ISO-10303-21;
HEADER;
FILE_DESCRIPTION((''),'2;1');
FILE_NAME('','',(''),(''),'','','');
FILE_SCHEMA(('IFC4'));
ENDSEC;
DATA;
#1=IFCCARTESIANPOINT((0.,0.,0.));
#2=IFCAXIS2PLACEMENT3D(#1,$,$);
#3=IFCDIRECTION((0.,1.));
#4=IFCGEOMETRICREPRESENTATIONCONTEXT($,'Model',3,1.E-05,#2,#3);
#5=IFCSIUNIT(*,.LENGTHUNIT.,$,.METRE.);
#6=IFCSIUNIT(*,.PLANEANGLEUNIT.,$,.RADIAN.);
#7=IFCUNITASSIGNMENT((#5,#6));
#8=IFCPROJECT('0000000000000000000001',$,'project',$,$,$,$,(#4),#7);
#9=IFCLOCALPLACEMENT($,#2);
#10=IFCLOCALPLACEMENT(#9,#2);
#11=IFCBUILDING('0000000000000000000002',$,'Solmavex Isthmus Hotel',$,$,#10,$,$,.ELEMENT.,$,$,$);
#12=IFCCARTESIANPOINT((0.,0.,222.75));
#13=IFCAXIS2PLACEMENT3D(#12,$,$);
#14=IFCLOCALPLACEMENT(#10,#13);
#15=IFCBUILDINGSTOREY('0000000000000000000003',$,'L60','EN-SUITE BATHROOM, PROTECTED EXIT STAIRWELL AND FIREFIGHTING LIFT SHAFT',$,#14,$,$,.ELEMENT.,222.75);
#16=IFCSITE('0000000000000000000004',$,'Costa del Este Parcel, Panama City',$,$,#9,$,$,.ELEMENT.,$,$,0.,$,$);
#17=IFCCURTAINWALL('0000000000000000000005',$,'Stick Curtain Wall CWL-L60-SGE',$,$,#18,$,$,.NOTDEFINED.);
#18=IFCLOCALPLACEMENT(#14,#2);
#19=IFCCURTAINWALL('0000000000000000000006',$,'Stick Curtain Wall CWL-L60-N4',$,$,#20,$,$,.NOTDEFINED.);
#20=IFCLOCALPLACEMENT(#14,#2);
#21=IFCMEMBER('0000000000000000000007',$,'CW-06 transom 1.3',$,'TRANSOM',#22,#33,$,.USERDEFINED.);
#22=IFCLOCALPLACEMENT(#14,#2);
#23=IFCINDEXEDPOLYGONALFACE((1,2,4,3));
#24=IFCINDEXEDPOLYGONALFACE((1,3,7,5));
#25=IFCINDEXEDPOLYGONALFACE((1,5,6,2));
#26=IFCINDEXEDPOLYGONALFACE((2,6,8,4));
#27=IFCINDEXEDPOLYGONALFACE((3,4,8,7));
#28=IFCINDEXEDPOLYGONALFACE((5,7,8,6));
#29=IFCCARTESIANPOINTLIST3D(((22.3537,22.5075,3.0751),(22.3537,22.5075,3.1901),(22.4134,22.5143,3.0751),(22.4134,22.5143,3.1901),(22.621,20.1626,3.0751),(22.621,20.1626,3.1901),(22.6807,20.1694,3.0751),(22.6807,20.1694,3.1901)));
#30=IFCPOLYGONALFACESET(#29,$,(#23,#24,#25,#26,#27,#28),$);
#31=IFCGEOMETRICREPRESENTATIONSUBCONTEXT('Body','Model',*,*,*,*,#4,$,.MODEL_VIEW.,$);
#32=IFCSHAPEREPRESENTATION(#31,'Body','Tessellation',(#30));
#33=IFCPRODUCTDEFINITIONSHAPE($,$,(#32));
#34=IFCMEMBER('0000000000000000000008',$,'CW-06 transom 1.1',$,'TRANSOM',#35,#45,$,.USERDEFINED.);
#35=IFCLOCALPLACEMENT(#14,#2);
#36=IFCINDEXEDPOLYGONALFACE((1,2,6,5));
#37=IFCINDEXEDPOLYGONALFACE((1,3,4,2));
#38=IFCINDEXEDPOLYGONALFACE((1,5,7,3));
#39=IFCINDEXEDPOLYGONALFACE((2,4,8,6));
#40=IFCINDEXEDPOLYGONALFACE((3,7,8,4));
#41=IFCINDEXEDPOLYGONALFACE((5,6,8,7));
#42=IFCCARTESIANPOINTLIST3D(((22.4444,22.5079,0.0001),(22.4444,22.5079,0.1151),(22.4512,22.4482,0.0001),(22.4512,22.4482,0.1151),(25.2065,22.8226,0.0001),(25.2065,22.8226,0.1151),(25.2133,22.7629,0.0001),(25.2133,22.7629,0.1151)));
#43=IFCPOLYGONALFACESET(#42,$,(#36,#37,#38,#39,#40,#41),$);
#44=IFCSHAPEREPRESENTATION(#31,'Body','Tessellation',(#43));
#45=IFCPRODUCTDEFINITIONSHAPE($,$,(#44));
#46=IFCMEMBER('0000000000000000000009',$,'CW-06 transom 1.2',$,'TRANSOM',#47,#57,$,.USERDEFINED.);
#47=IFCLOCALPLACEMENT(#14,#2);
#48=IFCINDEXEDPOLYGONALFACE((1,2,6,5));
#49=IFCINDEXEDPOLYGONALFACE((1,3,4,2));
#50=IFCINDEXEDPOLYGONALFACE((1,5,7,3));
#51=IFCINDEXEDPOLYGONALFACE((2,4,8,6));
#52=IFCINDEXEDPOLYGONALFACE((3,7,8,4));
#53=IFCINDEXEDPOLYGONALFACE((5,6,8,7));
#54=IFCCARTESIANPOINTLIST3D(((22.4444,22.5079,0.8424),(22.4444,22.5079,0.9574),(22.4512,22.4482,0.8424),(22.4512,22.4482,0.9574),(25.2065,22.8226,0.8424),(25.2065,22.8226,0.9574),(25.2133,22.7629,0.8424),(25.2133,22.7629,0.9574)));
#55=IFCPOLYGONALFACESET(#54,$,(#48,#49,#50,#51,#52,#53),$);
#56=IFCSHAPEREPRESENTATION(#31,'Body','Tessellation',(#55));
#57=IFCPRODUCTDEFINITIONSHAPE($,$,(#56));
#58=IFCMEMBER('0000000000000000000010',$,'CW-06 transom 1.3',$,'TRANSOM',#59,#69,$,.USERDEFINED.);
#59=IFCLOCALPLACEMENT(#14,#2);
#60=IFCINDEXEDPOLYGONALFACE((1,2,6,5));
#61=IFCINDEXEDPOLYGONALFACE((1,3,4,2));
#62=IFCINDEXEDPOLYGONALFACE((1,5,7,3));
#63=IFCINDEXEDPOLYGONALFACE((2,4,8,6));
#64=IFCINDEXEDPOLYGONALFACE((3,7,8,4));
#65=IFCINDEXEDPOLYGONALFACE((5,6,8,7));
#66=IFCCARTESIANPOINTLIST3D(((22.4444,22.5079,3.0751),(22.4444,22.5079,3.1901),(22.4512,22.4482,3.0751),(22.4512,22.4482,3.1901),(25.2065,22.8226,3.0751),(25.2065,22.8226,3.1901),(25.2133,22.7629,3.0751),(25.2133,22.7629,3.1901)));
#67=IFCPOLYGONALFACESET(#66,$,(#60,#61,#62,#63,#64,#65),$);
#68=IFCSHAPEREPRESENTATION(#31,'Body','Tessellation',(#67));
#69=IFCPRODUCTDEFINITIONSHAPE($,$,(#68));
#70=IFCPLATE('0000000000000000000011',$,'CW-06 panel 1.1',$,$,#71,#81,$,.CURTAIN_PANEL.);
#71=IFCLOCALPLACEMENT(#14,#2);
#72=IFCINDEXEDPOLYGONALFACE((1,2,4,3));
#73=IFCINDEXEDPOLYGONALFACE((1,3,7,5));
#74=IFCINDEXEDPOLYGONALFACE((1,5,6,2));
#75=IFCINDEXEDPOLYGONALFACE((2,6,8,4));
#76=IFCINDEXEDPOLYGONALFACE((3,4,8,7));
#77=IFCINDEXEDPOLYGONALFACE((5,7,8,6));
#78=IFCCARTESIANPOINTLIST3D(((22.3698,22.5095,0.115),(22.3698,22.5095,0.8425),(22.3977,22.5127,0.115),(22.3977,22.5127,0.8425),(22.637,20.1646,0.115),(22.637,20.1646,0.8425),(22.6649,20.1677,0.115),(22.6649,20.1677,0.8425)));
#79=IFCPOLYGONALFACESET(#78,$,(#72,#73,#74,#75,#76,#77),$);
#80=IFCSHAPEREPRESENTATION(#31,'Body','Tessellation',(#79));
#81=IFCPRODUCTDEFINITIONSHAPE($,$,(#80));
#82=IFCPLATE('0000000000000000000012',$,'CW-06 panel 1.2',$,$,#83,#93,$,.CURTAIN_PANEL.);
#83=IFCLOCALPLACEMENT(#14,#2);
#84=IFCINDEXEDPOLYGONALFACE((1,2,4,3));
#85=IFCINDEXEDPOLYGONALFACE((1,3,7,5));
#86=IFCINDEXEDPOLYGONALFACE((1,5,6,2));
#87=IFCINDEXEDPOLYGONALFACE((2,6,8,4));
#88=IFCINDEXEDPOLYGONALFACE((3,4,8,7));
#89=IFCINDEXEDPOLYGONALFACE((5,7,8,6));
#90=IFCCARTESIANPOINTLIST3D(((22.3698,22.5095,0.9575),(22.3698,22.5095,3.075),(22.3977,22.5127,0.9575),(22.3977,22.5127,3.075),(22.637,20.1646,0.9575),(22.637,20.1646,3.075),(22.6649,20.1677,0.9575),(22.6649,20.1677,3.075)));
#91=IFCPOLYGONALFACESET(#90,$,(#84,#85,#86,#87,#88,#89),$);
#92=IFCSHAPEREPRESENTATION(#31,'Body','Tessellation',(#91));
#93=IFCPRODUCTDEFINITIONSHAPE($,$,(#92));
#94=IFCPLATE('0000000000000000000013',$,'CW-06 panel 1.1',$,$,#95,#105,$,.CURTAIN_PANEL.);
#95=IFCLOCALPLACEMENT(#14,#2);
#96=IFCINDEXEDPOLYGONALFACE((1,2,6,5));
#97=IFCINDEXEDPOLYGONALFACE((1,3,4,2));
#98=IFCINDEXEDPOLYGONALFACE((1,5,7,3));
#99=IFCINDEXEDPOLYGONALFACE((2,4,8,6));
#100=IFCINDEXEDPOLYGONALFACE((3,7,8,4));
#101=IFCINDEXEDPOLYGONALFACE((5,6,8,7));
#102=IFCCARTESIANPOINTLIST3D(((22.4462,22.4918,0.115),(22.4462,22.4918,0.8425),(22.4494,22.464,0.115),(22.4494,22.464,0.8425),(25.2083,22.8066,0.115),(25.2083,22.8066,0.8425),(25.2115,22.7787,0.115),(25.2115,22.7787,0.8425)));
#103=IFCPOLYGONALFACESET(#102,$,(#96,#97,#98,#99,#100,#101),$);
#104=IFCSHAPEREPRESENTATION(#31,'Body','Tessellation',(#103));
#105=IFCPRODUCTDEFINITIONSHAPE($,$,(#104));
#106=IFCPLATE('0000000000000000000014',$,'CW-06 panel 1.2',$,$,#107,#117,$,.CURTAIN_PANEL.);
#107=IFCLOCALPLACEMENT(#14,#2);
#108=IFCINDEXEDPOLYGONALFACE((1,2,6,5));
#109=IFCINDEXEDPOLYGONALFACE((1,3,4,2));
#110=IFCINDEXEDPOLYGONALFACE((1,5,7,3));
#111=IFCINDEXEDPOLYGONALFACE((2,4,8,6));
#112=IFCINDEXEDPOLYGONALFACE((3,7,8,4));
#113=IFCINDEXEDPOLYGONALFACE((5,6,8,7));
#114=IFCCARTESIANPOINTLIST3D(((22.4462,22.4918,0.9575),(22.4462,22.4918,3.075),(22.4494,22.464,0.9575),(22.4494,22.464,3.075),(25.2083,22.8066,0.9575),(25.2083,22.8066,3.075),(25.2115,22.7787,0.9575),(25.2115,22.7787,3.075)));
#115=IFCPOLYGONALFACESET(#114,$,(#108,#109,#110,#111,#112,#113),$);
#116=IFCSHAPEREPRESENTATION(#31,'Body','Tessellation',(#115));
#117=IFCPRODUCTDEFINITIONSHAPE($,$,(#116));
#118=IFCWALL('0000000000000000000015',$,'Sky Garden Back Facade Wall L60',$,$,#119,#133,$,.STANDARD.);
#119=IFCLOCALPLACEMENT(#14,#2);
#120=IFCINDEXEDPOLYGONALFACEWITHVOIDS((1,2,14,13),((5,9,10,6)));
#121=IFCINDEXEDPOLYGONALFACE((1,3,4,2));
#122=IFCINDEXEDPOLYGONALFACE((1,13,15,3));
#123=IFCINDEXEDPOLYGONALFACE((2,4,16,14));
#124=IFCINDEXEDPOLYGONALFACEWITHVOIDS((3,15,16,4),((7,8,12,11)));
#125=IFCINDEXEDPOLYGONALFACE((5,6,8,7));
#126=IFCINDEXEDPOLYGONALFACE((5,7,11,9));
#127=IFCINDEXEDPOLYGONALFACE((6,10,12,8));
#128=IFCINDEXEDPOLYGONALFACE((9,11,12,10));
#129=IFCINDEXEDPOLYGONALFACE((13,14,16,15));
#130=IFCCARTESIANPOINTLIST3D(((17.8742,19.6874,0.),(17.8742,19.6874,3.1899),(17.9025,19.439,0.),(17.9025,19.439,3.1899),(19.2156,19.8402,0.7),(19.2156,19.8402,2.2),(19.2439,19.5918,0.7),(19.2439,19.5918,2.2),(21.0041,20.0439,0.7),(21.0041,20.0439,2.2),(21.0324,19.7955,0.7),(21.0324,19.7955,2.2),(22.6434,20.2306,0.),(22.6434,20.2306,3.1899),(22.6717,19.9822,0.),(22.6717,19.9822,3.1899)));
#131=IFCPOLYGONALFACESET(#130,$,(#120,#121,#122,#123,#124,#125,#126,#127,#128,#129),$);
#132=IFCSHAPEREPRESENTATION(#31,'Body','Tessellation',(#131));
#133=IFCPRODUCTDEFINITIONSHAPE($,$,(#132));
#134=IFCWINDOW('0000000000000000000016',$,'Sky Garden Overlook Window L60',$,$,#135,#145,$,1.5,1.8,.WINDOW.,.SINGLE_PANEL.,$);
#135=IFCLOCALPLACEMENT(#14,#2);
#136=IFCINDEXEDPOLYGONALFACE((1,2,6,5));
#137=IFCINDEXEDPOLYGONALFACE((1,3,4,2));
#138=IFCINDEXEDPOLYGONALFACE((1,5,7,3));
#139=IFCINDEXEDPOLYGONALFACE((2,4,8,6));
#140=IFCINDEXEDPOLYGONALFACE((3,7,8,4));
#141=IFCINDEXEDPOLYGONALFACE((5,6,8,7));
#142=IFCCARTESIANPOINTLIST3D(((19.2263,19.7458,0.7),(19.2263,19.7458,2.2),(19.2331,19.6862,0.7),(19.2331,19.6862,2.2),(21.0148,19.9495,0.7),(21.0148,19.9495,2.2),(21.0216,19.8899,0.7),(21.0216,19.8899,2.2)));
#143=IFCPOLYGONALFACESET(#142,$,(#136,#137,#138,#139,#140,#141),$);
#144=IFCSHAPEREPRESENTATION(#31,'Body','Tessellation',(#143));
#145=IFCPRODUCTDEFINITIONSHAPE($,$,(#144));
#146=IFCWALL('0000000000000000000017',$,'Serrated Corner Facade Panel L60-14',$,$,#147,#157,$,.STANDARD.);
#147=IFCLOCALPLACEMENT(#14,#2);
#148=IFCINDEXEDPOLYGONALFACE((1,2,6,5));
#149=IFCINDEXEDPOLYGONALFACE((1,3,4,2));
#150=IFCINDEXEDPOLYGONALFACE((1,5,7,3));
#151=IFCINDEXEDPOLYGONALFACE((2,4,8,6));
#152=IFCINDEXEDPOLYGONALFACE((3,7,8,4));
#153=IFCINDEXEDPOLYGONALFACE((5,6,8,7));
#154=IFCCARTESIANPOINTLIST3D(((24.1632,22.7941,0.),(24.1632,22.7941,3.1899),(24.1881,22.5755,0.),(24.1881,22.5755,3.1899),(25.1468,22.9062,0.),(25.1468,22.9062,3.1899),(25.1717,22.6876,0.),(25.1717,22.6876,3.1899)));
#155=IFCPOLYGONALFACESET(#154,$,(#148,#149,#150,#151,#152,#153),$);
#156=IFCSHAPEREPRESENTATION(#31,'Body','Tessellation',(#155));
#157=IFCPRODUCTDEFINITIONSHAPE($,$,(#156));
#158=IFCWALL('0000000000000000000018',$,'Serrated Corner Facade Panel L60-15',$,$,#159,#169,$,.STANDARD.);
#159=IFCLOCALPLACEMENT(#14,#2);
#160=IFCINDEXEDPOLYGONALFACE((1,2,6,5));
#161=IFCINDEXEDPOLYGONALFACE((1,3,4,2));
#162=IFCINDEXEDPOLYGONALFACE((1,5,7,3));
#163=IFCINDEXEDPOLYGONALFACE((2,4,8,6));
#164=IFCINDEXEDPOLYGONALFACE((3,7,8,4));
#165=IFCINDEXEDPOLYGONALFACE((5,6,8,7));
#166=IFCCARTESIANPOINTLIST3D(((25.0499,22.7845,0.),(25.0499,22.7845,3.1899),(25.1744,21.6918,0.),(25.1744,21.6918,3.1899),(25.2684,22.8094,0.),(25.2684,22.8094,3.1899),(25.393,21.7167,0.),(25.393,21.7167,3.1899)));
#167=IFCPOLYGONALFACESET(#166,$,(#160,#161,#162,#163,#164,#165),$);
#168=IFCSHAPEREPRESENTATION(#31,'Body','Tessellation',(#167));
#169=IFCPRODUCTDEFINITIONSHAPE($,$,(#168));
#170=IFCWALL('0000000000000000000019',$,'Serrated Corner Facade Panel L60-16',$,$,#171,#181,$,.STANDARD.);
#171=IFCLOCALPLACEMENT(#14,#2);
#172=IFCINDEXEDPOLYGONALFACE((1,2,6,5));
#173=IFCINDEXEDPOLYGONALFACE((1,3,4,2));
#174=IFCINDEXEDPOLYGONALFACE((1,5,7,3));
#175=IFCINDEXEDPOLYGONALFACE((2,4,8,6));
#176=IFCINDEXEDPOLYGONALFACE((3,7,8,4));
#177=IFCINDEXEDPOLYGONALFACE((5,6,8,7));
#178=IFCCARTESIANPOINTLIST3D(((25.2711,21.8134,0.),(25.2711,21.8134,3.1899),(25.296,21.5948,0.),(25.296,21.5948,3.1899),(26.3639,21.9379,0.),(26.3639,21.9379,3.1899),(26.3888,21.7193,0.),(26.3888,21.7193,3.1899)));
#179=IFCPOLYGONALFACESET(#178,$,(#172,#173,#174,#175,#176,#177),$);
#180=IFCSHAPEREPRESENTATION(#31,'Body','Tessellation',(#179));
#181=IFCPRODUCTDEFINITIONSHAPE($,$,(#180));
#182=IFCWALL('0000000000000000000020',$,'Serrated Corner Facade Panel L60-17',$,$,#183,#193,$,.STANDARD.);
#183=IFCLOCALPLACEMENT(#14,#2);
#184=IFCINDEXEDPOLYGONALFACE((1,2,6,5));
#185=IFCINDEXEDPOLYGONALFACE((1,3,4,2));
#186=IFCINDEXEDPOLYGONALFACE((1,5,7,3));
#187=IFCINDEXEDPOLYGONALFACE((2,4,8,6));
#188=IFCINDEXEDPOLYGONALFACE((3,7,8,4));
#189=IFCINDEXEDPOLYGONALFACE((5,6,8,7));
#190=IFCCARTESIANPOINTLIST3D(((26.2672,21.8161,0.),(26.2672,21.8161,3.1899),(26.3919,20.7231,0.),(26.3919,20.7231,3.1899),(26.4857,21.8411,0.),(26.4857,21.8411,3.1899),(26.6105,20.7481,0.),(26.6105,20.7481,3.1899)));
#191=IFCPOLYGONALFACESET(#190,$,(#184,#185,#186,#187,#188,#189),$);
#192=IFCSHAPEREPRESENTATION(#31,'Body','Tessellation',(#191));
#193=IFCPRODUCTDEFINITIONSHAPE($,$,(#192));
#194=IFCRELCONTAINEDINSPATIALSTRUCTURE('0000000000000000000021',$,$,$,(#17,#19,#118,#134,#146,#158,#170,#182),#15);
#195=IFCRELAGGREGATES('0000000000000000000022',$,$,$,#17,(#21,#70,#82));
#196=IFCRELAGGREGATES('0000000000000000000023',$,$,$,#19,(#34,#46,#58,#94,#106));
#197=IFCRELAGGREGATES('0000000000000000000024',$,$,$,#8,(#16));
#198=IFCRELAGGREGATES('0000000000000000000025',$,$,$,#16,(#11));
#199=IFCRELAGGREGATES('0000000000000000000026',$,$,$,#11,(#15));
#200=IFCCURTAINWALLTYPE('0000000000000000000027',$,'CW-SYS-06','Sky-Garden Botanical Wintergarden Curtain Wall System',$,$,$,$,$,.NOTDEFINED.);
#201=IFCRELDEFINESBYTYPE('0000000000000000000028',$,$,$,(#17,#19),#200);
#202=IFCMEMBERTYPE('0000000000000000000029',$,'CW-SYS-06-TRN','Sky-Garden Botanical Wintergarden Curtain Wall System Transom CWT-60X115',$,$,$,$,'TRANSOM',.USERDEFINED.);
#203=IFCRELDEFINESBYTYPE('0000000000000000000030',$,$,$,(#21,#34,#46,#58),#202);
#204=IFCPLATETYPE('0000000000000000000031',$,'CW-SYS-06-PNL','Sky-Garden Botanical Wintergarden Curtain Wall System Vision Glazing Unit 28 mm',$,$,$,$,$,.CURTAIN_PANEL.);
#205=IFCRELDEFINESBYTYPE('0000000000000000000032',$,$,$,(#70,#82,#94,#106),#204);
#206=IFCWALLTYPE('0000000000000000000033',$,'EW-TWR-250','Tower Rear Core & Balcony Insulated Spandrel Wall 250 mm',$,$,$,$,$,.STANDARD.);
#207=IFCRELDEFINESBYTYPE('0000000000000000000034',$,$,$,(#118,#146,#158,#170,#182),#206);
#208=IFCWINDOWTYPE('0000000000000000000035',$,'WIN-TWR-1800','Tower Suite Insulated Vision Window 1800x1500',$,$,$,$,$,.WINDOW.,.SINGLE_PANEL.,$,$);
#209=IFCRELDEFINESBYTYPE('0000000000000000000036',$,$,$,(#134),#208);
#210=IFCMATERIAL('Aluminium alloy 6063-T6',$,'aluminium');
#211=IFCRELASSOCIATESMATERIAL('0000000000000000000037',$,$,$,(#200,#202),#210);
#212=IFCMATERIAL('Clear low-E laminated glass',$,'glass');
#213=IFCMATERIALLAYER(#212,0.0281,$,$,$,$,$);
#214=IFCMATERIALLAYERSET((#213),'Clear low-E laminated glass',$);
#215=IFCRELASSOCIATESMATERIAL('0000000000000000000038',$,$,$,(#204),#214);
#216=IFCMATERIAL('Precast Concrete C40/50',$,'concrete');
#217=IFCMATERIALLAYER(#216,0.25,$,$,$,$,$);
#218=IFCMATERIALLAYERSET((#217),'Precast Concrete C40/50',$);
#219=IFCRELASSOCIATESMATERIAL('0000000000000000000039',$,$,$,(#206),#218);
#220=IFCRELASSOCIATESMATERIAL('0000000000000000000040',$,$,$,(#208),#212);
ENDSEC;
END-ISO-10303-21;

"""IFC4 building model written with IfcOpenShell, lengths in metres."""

from ifc_helpers import new_model, si_unit, direction, frame, frame_2d, origin, origin_2d, place, context, subcontext, project, spatial, rectangle, extrude, material, layer, layer_set, material_profile, profile_set, type_object, element, fill, aggregate, save


model = new_model("IFC4")

# Units and contexts
model_context = context("Model", 3, precision=1e-05, world=origin(), true_north=direction((0.0, 1.0)))
body_context = subcontext(model_context, "Body", "Model", "MODEL_VIEW")
ifc_project = project(units=[si_unit("LENGTHUNIT", "METRE"), si_unit("PLANEANGLEUNIT", "RADIAN")], contexts=[model_context])

# Site, building, storey
site_placement = place(None, origin())
site = spatial("IfcSite", under=ifc_project, at=site_placement, Name="Costa del Este Parcel, Panama City", CompositionType="ELEMENT", RefElevation=0.0)
building_placement = place(site_placement, origin())
building = spatial("IfcBuilding", under=site, at=building_placement, Name="Solmavex Isthmus Hotel", CompositionType="ELEMENT")
storey_placement = place(building_placement, frame((0.0, 0.0, 222.75)))
storey = spatial("IfcBuildingStorey", under=building, at=storey_placement, Name="L60", Description="EN-SUITE BATHROOM, PROTECTED EXIT STAIRWELL AND FIREFIGHTING LIFT SHAFT", CompositionType="ELEMENT", Elevation=222.75)

# Shared definitions
ifc_material_1 = material(Name="Aluminium alloy 6063-T6", Category="aluminium")
curtain_wall_type = type_object("IfcCurtainWallType", Name="CW-SYS-06", Description="Sky-Garden Botanical Wintergarden Curtain Wall System", PredefinedType="NOTDEFINED", material=ifc_material_1)

# Curtain walls
curtain_wall_1_placement = place(storey_placement, origin())
curtain_wall_1 = element("IfcCurtainWall", 1, at=curtain_wall_1_placement, inside=storey, type_object=curtain_wall_type, Name="Stick Curtain Wall CWL-L60-SGE", PredefinedType="NOTDEFINED")
curtain_wall_2_placement = place(storey_placement, origin())
curtain_wall_2 = element("IfcCurtainWall", 2, at=curtain_wall_2_placement, inside=storey, type_object=curtain_wall_type, Name="Stick Curtain Wall CWL-L60-N4", PredefinedType="NOTDEFINED")

# Members
ifc_material_profile_1 = material_profile(ifc_material_1, rectangle(XDim=0.0601, YDim=0.115, at=origin_2d()), Name="CWT-60X115")
ifc_profile_set_1 = profile_set([ifc_material_profile_1], Name="Aluminium alloy 6063-T6")
member_type_1 = type_object("IfcMemberType", Name="CW-SYS-06-TRN", Description="Sky-Garden Botanical Wintergarden Curtain Wall System Transom CWT-60X115", ElementType="TRANSOM", PredefinedType="USERDEFINED", material=ifc_profile_set_1)
member_1_placement = place(storey_placement, frame((22.6509, 20.166, 3.1326), z_axis=(-0.113269, 0.993564, 0.0), x_axis=(-0.993564, -0.113269, 0.0)))
member_1 = element("IfcMember", 3, at=member_1_placement, type_object=member_type_1, Name="CW-06 transom 1.3", ObjectType="TRANSOM", PredefinedType="USERDEFINED", context=body_context, shape_type="SweptSolid", body=[
    extrude(rectangle(XDim=0.0601, YDim=0.115, at=origin_2d()), origin(), (0.0, 0.0, 1.0), 2.3601),
])
member_2_placement = place(storey_placement, frame((22.4478, 22.478, 0.0576), z_axis=(0.993573, 0.113197, 0.0), x_axis=(-0.113197, 0.993573, 0.0)))
member_2 = element("IfcMember", 4, at=member_2_placement, type_object=member_type_1, Name="CW-06 transom 1.1", ObjectType="TRANSOM", PredefinedType="USERDEFINED", context=body_context, shape_type="SweptSolid", body=[
    extrude(rectangle(XDim=0.0601, YDim=0.115, at=origin_2d()), origin(), (0.0, 0.0, 1.0), 2.78),
])
member_3_placement = place(storey_placement, frame((22.4478, 22.478, 0.8999), z_axis=(0.993573, 0.113197, 0.0), x_axis=(-0.113197, 0.993573, 0.0)))
member_3 = element("IfcMember", 5, at=member_3_placement, type_object=member_type_1, Name="CW-06 transom 1.2", ObjectType="TRANSOM", PredefinedType="USERDEFINED", context=body_context, shape_type="SweptSolid", body=[
    extrude(rectangle(XDim=0.0601, YDim=0.115, at=origin_2d()), origin(), (0.0, 0.0, 1.0), 2.78),
])
member_4_placement = place(storey_placement, frame((22.4478, 22.478, 3.1326), z_axis=(0.993573, 0.113197, 0.0), x_axis=(-0.113197, 0.993573, 0.0)))
member_4 = element("IfcMember", 6, at=member_4_placement, type_object=member_type_1, Name="CW-06 transom 1.3", ObjectType="TRANSOM", PredefinedType="USERDEFINED", context=body_context, shape_type="SweptSolid", body=[
    extrude(rectangle(XDim=0.0601, YDim=0.115, at=origin_2d()), origin(), (0.0, 0.0, 1.0), 2.78),
])

# Plates
ifc_material_2 = material(Name="Clear low-E laminated glass", Category="glass")
ifc_layer_1 = layer(ifc_material_2, 0.0281)
ifc_layer_set_1 = layer_set([ifc_layer_1], Name="Clear low-E laminated glass")
plate_type = type_object("IfcPlateType", Name="CW-SYS-06-PNL", Description="Sky-Garden Botanical Wintergarden Curtain Wall System Vision Glazing Unit 28 mm", PredefinedType="CURTAIN_PANEL", material=ifc_layer_set_1)
plate_1_placement = place(storey_placement, frame((22.5173, 21.3386, 0.115), z_axis=(0.0, 0.0, 1.0), x_axis=(-0.113202, 0.993572, 0.0)))
plate_1 = element("IfcPlate", 7, at=plate_1_placement, type_object=plate_type, Name="CW-06 panel 1.1", PredefinedType="CURTAIN_PANEL", context=body_context, shape_type="SweptSolid", body=[
    extrude(rectangle(XDim=2.3601, YDim=0.0281, at=origin_2d()), origin(), (0.0, 0.0, 1.0), 0.7275),
])
plate_2_placement = place(storey_placement, frame((22.5173, 21.3386, 0.9575), z_axis=(0.0, 0.0, 1.0), x_axis=(-0.113202, 0.993572, 0.0)))
plate_2 = element("IfcPlate", 8, at=plate_2_placement, type_object=plate_type, Name="CW-06 panel 1.2", PredefinedType="CURTAIN_PANEL", context=body_context, shape_type="SweptSolid", body=[
    extrude(rectangle(XDim=2.3601, YDim=0.0281, at=origin_2d()), origin(), (0.0, 0.0, 1.0), 2.1174),
])
aggregate(curtain_wall_1, [member_1, plate_1, plate_2])
plate_3_placement = place(storey_placement, frame((23.8289, 22.6353, 0.115), z_axis=(0.0, 0.0, 1.0), x_axis=(0.993572, 0.113203, 0.0)))
plate_3 = element("IfcPlate", 9, at=plate_3_placement, type_object=plate_type, Name="CW-06 panel 1.1", PredefinedType="CURTAIN_PANEL", context=body_context, shape_type="SweptSolid", body=[
    extrude(rectangle(XDim=2.78, YDim=0.0281, at=origin_2d()), origin(), (0.0, 0.0, 1.0), 0.7275),
])
plate_4_placement = place(storey_placement, frame((23.8289, 22.6353, 0.9575), z_axis=(0.0, 0.0, 1.0), x_axis=(0.993572, 0.113203, 0.0)))
plate_4 = element("IfcPlate", 10, at=plate_4_placement, type_object=plate_type, Name="CW-06 panel 1.2", PredefinedType="CURTAIN_PANEL", context=body_context, shape_type="SweptSolid", body=[
    extrude(rectangle(XDim=2.78, YDim=0.0281, at=origin_2d()), origin(), (0.0, 0.0, 1.0), 2.1174),
])
aggregate(curtain_wall_2, [member_2, member_3, member_4, plate_3, plate_4])

# Wall, opening, window
ifc_material_3 = material(Name="Precast Concrete C40/50", Category="concrete")
ifc_layer_2 = layer(ifc_material_3, 0.25)
ifc_layer_set_2 = layer_set([ifc_layer_2], Name="Precast Concrete C40/50")
wall_type_1 = type_object("IfcWallType", Name="EW-TWR-250", Description="Tower Rear Core & Balcony Insulated Spandrel Wall 250 mm", PredefinedType="STANDARD", material=ifc_layer_set_2)
wall_1_placement = place(storey_placement, frame((17.8884, 19.5632, 0.0), z_axis=(0.0, 0.0, 1.0), x_axis=(0.993576, 0.113166, 0.0)))
wall_1 = element("IfcWall", 11, at=wall_1_placement, inside=storey, type_object=wall_type_1, Name="Sky Garden Back Facade Wall L60", PredefinedType="STANDARD", context=body_context, shape_type="SweptSolid", body=[
    extrude(rectangle(XDim=4.8, YDim=0.25, at=frame_2d((2.3999, 0.0))), origin(), (0.0, 0.0, 1.0), 3.1899),
])
opening_placement = place(wall_1_placement, frame((1.3501, 0.0, 0.7)))
opening = element("IfcOpeningElement", 12, at=opening_placement, cuts=wall_1, PredefinedType="OPENING", context=body_context, shape_type="SweptSolid", body=[
    extrude(rectangle(XDim=1.8, YDim=1.5, at=frame_2d((0.8999, 0.75))), frame((0.0, 0.135, 0.0), z_axis=(0.0, -1.0, 0.0), x_axis=(1.0, 0.0, 0.0)), (0.0, 0.0, 1.0), 0.27),
])
window_type = type_object("IfcWindowType", Name="WIN-TWR-1800", Description="Tower Suite Insulated Vision Window 1800x1500", PartitioningType="SINGLE_PANEL", PredefinedType="WINDOW", material=ifc_material_2)
window_placement = place(opening_placement, origin())
window = element("IfcWindow", 13, at=window_placement, inside=storey, type_object=window_type, Name="Sky Garden Overlook Window L60", OverallHeight=1.5, OverallWidth=1.8, PartitioningType="SINGLE_PANEL", PredefinedType="WINDOW", context=body_context, shape_type="SweptSolid", body=[
    extrude(rectangle(XDim=1.8, YDim=1.5, at=frame_2d((0.8999, 0.75))), frame((0.0, 0.03, 0.0), z_axis=(0.0, -1.0, 0.0), x_axis=(1.0, 0.0, 0.0)), (0.0, 0.0, 1.0), 0.0601),
])
fill(opening, window)

# Walls
wall_2_placement = place(storey_placement, frame((24.1755, 22.6848, 0.0), z_axis=(0.0, 0.0, 1.0), x_axis=(0.993573, 0.113192, 0.0)))
element("IfcWall", 14, at=wall_2_placement, inside=storey, type_object=wall_type_1, Name="Serrated Corner Facade Panel L60-14", PredefinedType="STANDARD", context=body_context, shape_type="SweptSolid", body=[
    extrude(rectangle(XDim=0.99, YDim=0.22, at=frame_2d((0.4951, 0.0))), origin(), (0.0, 0.0, 1.0), 3.1899),
])
for number, where, z_axis, x_axis, name in (
    (15, (25.1592, 22.7969, 0.0), (0.0, 0.0, 1.0), (0.113209, -0.993571, 0.0), "Serrated Corner Facade Panel L60-15"),
    (16, (25.2837, 21.7041, 0.0), (0.0, 0.0, 1.0), (0.993571, 0.113209, 0.0), "Serrated Corner Facade Panel L60-16"),
):
    element("IfcWall", number, at=place(storey_placement, frame(where, z_axis=z_axis, x_axis=x_axis)), inside=storey, type_object=wall_type_1, Name=name, PredefinedType="STANDARD", context=body_context, shape_type="SweptSolid", body=[
        extrude(rectangle(XDim=1.0999, YDim=0.22, at=frame_2d((0.5498, 0.0))), origin(), (0.0, 0.0, 1.0), 3.1899),
    ])
wall_3_placement = place(storey_placement, frame((26.3765, 21.8286, 0.0), z_axis=(0.0, 0.0, 1.0), x_axis=(0.113403, -0.993549, 0.0)))
element("IfcWall", 17, at=wall_3_placement, inside=storey, type_object=wall_type_1, Name="Serrated Corner Facade Panel L60-17", PredefinedType="STANDARD", context=body_context, shape_type="SweptSolid", body=[
    extrude(rectangle(XDim=1.1001, YDim=0.22, at=frame_2d((0.55, 0.0))), origin(), (0.0, 0.0, 1.0), 3.1899),
])

save(model, "model.ifc")
